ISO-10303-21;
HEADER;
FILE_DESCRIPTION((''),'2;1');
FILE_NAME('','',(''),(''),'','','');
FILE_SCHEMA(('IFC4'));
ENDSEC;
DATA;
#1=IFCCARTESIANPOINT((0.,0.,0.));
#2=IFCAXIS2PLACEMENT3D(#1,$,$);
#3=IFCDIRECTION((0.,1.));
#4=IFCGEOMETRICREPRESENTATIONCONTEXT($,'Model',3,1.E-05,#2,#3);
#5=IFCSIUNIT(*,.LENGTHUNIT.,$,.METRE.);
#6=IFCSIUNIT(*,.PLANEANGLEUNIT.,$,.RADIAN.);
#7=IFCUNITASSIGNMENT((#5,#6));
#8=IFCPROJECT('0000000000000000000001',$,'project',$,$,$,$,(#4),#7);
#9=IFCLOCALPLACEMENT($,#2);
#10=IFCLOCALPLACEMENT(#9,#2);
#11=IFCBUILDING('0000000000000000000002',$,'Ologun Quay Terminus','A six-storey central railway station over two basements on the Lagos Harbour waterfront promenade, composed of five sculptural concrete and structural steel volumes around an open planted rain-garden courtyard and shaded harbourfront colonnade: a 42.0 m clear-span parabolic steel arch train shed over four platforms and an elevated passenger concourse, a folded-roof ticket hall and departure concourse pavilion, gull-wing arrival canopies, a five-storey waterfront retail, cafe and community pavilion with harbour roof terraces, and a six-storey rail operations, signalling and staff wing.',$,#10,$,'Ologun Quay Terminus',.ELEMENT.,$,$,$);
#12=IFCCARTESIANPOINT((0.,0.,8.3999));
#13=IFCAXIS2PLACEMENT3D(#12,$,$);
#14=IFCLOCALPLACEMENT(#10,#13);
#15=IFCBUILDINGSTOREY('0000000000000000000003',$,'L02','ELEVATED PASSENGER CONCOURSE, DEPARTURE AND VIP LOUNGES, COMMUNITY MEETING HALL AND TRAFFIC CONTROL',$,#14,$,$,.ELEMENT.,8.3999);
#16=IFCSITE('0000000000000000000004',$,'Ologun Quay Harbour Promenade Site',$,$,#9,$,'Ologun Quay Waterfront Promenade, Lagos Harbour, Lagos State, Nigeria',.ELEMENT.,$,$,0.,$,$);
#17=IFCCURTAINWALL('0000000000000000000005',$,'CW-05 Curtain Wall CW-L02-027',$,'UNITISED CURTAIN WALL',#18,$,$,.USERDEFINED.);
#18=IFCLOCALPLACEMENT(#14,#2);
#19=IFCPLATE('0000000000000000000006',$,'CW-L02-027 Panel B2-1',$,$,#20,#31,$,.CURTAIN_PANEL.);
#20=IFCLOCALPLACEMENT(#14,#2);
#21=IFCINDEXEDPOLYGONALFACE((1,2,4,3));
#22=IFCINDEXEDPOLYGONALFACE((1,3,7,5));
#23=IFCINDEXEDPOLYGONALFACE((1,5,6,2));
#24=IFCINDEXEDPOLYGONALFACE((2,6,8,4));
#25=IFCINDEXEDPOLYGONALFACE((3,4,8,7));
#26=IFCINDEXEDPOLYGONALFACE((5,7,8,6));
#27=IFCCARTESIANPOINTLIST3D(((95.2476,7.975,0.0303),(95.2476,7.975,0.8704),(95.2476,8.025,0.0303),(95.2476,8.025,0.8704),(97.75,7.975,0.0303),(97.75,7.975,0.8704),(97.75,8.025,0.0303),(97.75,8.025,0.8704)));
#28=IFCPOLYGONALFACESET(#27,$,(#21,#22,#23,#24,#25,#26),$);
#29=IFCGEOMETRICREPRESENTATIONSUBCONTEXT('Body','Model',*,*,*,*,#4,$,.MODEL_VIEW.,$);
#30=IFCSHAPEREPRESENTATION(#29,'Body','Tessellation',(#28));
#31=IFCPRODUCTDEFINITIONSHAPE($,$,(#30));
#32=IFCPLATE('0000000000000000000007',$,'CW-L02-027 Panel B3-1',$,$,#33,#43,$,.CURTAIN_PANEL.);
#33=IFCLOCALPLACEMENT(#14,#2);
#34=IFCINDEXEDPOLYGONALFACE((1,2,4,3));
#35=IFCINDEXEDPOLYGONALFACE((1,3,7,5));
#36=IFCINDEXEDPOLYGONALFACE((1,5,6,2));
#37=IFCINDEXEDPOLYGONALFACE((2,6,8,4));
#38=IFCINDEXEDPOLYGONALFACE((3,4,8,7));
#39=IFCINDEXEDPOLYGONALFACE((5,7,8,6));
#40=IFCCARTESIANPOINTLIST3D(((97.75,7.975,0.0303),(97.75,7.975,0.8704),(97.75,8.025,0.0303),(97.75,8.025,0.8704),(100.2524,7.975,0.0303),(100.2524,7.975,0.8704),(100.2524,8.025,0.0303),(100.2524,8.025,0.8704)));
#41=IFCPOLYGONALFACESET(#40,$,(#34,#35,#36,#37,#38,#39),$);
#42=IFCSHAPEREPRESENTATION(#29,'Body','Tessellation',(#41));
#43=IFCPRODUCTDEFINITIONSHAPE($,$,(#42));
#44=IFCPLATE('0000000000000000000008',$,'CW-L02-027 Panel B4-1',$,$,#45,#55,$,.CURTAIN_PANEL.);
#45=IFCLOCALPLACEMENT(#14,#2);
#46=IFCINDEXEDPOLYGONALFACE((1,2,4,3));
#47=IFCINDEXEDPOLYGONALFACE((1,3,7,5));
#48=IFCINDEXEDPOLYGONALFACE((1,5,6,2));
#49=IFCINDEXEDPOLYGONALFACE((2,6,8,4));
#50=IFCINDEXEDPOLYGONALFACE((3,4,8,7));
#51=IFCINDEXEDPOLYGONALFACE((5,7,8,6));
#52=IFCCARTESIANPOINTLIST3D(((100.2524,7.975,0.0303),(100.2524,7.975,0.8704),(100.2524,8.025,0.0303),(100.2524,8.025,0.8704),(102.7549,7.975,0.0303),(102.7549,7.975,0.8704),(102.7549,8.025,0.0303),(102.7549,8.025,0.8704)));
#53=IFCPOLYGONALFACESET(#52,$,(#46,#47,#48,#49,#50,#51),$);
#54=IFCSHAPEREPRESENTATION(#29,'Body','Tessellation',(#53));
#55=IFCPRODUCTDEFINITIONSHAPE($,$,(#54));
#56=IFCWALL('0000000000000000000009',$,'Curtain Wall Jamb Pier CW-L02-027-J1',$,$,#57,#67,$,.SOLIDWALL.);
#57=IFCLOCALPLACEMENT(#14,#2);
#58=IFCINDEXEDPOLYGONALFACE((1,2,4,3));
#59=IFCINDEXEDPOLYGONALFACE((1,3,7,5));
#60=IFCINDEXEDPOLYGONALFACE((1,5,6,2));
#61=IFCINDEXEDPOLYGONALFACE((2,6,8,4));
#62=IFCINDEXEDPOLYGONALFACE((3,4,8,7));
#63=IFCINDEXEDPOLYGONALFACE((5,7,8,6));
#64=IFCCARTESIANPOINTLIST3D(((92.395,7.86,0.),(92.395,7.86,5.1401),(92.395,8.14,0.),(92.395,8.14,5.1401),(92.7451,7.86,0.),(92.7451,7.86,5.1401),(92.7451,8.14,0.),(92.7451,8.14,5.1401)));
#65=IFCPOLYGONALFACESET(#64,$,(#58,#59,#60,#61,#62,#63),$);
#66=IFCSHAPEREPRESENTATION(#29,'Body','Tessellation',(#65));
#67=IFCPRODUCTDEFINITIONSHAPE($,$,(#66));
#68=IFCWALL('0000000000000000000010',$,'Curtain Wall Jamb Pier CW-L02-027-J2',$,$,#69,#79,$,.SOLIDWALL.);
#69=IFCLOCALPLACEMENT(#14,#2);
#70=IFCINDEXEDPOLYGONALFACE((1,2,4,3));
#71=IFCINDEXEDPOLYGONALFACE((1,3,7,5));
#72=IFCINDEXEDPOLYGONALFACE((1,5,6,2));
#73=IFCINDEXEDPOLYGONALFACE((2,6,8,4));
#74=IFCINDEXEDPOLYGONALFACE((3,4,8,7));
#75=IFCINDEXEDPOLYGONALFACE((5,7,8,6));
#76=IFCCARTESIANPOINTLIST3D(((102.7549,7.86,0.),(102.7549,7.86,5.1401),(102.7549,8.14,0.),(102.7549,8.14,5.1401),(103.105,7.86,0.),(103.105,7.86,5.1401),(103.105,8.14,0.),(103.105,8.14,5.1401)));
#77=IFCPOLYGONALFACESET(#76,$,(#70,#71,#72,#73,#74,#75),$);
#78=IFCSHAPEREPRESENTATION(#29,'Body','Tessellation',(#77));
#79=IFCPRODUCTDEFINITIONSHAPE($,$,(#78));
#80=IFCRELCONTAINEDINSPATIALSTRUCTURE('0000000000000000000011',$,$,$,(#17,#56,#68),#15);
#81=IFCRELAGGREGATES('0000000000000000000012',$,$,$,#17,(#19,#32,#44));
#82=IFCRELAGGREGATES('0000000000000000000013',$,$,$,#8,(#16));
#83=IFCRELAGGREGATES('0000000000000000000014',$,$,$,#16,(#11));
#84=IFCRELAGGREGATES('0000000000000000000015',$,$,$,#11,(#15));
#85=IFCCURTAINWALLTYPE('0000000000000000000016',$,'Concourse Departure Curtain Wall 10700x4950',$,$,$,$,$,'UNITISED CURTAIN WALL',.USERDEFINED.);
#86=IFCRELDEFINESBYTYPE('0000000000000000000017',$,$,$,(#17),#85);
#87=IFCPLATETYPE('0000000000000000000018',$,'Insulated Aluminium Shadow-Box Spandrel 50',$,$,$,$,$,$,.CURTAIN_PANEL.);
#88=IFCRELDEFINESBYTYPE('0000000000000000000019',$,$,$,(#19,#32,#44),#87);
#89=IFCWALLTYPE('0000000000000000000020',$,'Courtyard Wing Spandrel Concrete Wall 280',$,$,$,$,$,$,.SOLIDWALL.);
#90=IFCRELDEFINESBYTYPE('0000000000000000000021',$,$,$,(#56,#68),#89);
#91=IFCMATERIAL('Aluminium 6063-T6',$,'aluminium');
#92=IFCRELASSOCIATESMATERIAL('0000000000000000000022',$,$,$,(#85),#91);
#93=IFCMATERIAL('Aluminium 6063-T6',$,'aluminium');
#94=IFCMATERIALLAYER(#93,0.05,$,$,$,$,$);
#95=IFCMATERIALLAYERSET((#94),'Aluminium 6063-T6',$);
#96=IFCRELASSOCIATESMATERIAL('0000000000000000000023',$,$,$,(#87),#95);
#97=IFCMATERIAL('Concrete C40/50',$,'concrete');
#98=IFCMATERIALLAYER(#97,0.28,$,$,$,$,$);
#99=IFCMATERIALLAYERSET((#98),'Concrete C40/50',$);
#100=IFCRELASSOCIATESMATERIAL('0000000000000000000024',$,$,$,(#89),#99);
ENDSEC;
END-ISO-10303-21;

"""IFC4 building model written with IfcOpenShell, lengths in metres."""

from ifc_helpers import new_model, si_unit, direction, frame, frame_2d, origin, origin_2d, place, context, subcontext, project, spatial, rectangle, extrude, material, layer, layer_set, type_object, element, aggregate, save


model = new_model("IFC4")

# Units and contexts
model_context = context("Model", 3, precision=1e-05, world=origin(), true_north=direction((0.0, 1.0)))
body_context = subcontext(model_context, "Body", "Model", "MODEL_VIEW")
ifc_project = project(units=[si_unit("LENGTHUNIT", "METRE"), si_unit("PLANEANGLEUNIT", "RADIAN")], contexts=[model_context])

# Site, building, storey
site_placement = place(None, origin())
site = spatial("IfcSite", under=ifc_project, at=site_placement, Name="Ologun Quay Harbour Promenade Site", LongName="Ologun Quay Waterfront Promenade, Lagos Harbour, Lagos State, Nigeria", CompositionType="ELEMENT", RefElevation=0.0)
building_placement = place(site_placement, origin())
building = spatial("IfcBuilding", under=site, at=building_placement, Name="Ologun Quay Terminus", Description="A six-storey central railway station over two basements on the Lagos Harbour waterfront promenade, composed of five sculptural concrete and structural steel volumes around an open planted rain-garden courtyard and shaded harbourfront colonnade: a 42.0 m clear-span parabolic steel arch train shed over four platforms and an elevated passenger concourse, a folded-roof ticket hall and departure concourse pavilion, gull-wing arrival canopies, a five-storey waterfront retail, cafe and community pavilion with harbour roof terraces, and a six-storey rail operations, signalling and staff wing.", LongName="Ologun Quay Terminus", CompositionType="ELEMENT")
storey_placement = place(building_placement, frame((0.0, 0.0, 8.3999)))
storey = spatial("IfcBuildingStorey", under=building, at=storey_placement, Name="L02", Description="ELEVATED PASSENGER CONCOURSE, DEPARTURE AND VIP LOUNGES, COMMUNITY MEETING HALL AND TRAFFIC CONTROL", CompositionType="ELEMENT", Elevation=8.3999)

# Curtain wall
ifc_material_1 = material(Name="Aluminium 6063-T6", Category="aluminium")
curtain_wall_type = type_object("IfcCurtainWallType", Name="Concourse Departure Curtain Wall 10700x4950", ElementType="UNITISED CURTAIN WALL", PredefinedType="USERDEFINED", material=ifc_material_1)
curtain_wall_placement = place(storey_placement, origin())
curtain_wall = element("IfcCurtainWall", 1, at=curtain_wall_placement, inside=storey, type_object=curtain_wall_type, Name="CW-05 Curtain Wall CW-L02-027", ObjectType="UNITISED CURTAIN WALL", PredefinedType="USERDEFINED")

# Plates
ifc_material_2 = material(Name="Aluminium 6063-T6", Category="aluminium")
ifc_layer_1 = layer(ifc_material_2, 0.05)
ifc_layer_set_1 = layer_set([ifc_layer_1], Name="Aluminium 6063-T6")
plate_type_1 = type_object("IfcPlateType", Name="Insulated Aluminium Shadow-Box Spandrel 50", PredefinedType="CURTAIN_PANEL", material=ifc_layer_set_1)
plate_1_placement = place(storey_placement, frame((96.4988, 8.0, 0.0303), z_axis=(0.0, 0.0, 1.0), x_axis=(1.0, 0.0, 0.0)))
plate_1 = element("IfcPlate", 2, at=plate_1_placement, type_object=plate_type_1, Name="CW-L02-027 Panel B2-1", PredefinedType="CURTAIN_PANEL", context=body_context, shape_type="SweptSolid", body=[
    extrude(rectangle(XDim=2.5024, YDim=0.05, at=origin_2d()), origin(), (0.0, 0.0, 1.0), 0.8401),
])
plate_2_placement = place(storey_placement, frame((99.0012, 8.0, 0.0303), z_axis=(0.0, 0.0, 1.0), x_axis=(1.0, 0.0, 0.0)))
plate_2 = element("IfcPlate", 3, at=plate_2_placement, type_object=plate_type_1, Name="CW-L02-027 Panel B3-1", PredefinedType="CURTAIN_PANEL", context=body_context, shape_type="SweptSolid", body=[
    extrude(rectangle(XDim=2.5024, YDim=0.05, at=origin_2d()), origin(), (0.0, 0.0, 1.0), 0.8401),
])
plate_3_placement = place(storey_placement, frame((101.5037, 8.0, 0.0303), z_axis=(0.0, 0.0, 1.0), x_axis=(1.0, 0.0, 0.0)))
plate_3 = element("IfcPlate", 4, at=plate_3_placement, type_object=plate_type_1, Name="CW-L02-027 Panel B4-1", PredefinedType="CURTAIN_PANEL", context=body_context, shape_type="SweptSolid", body=[
    extrude(rectangle(XDim=2.5024, YDim=0.05, at=origin_2d()), origin(), (0.0, 0.0, 1.0), 0.8401),
])
aggregate(curtain_wall, [plate_1, plate_2, plate_3])

# Walls
ifc_material_3 = material(Name="Concrete C40/50", Category="concrete")
ifc_layer_2 = layer(ifc_material_3, 0.28)
ifc_layer_set_2 = layer_set([ifc_layer_2], Name="Concrete C40/50")
wall_type = type_object("IfcWallType", Name="Courtyard Wing Spandrel Concrete Wall 280", PredefinedType="SOLIDWALL", material=ifc_layer_set_2)
for number, where, z_axis, x_axis, name in (
    (5, (92.395, 8.0, 0.0), (0.0, 0.0, 1.0), (1.0, 0.0, 0.0), "Curtain Wall Jamb Pier CW-L02-027-J1"),
    (6, (102.7549, 8.0, 0.0), (0.0, 0.0, 1.0), (1.0, 0.0, 0.0), "Curtain Wall Jamb Pier CW-L02-027-J2"),
):
    element("IfcWall", number, at=place(storey_placement, frame(where, z_axis=z_axis, x_axis=x_axis)), inside=storey, type_object=wall_type, Name=name, PredefinedType="SOLIDWALL", context=body_context, shape_type="SweptSolid", body=[
        extrude(rectangle(XDim=0.3501, YDim=0.28, at=frame_2d((0.175, 0.0))), origin(), (0.0, 0.0, 1.0), 5.1401),
    ])

save(model, "model.ifc")
